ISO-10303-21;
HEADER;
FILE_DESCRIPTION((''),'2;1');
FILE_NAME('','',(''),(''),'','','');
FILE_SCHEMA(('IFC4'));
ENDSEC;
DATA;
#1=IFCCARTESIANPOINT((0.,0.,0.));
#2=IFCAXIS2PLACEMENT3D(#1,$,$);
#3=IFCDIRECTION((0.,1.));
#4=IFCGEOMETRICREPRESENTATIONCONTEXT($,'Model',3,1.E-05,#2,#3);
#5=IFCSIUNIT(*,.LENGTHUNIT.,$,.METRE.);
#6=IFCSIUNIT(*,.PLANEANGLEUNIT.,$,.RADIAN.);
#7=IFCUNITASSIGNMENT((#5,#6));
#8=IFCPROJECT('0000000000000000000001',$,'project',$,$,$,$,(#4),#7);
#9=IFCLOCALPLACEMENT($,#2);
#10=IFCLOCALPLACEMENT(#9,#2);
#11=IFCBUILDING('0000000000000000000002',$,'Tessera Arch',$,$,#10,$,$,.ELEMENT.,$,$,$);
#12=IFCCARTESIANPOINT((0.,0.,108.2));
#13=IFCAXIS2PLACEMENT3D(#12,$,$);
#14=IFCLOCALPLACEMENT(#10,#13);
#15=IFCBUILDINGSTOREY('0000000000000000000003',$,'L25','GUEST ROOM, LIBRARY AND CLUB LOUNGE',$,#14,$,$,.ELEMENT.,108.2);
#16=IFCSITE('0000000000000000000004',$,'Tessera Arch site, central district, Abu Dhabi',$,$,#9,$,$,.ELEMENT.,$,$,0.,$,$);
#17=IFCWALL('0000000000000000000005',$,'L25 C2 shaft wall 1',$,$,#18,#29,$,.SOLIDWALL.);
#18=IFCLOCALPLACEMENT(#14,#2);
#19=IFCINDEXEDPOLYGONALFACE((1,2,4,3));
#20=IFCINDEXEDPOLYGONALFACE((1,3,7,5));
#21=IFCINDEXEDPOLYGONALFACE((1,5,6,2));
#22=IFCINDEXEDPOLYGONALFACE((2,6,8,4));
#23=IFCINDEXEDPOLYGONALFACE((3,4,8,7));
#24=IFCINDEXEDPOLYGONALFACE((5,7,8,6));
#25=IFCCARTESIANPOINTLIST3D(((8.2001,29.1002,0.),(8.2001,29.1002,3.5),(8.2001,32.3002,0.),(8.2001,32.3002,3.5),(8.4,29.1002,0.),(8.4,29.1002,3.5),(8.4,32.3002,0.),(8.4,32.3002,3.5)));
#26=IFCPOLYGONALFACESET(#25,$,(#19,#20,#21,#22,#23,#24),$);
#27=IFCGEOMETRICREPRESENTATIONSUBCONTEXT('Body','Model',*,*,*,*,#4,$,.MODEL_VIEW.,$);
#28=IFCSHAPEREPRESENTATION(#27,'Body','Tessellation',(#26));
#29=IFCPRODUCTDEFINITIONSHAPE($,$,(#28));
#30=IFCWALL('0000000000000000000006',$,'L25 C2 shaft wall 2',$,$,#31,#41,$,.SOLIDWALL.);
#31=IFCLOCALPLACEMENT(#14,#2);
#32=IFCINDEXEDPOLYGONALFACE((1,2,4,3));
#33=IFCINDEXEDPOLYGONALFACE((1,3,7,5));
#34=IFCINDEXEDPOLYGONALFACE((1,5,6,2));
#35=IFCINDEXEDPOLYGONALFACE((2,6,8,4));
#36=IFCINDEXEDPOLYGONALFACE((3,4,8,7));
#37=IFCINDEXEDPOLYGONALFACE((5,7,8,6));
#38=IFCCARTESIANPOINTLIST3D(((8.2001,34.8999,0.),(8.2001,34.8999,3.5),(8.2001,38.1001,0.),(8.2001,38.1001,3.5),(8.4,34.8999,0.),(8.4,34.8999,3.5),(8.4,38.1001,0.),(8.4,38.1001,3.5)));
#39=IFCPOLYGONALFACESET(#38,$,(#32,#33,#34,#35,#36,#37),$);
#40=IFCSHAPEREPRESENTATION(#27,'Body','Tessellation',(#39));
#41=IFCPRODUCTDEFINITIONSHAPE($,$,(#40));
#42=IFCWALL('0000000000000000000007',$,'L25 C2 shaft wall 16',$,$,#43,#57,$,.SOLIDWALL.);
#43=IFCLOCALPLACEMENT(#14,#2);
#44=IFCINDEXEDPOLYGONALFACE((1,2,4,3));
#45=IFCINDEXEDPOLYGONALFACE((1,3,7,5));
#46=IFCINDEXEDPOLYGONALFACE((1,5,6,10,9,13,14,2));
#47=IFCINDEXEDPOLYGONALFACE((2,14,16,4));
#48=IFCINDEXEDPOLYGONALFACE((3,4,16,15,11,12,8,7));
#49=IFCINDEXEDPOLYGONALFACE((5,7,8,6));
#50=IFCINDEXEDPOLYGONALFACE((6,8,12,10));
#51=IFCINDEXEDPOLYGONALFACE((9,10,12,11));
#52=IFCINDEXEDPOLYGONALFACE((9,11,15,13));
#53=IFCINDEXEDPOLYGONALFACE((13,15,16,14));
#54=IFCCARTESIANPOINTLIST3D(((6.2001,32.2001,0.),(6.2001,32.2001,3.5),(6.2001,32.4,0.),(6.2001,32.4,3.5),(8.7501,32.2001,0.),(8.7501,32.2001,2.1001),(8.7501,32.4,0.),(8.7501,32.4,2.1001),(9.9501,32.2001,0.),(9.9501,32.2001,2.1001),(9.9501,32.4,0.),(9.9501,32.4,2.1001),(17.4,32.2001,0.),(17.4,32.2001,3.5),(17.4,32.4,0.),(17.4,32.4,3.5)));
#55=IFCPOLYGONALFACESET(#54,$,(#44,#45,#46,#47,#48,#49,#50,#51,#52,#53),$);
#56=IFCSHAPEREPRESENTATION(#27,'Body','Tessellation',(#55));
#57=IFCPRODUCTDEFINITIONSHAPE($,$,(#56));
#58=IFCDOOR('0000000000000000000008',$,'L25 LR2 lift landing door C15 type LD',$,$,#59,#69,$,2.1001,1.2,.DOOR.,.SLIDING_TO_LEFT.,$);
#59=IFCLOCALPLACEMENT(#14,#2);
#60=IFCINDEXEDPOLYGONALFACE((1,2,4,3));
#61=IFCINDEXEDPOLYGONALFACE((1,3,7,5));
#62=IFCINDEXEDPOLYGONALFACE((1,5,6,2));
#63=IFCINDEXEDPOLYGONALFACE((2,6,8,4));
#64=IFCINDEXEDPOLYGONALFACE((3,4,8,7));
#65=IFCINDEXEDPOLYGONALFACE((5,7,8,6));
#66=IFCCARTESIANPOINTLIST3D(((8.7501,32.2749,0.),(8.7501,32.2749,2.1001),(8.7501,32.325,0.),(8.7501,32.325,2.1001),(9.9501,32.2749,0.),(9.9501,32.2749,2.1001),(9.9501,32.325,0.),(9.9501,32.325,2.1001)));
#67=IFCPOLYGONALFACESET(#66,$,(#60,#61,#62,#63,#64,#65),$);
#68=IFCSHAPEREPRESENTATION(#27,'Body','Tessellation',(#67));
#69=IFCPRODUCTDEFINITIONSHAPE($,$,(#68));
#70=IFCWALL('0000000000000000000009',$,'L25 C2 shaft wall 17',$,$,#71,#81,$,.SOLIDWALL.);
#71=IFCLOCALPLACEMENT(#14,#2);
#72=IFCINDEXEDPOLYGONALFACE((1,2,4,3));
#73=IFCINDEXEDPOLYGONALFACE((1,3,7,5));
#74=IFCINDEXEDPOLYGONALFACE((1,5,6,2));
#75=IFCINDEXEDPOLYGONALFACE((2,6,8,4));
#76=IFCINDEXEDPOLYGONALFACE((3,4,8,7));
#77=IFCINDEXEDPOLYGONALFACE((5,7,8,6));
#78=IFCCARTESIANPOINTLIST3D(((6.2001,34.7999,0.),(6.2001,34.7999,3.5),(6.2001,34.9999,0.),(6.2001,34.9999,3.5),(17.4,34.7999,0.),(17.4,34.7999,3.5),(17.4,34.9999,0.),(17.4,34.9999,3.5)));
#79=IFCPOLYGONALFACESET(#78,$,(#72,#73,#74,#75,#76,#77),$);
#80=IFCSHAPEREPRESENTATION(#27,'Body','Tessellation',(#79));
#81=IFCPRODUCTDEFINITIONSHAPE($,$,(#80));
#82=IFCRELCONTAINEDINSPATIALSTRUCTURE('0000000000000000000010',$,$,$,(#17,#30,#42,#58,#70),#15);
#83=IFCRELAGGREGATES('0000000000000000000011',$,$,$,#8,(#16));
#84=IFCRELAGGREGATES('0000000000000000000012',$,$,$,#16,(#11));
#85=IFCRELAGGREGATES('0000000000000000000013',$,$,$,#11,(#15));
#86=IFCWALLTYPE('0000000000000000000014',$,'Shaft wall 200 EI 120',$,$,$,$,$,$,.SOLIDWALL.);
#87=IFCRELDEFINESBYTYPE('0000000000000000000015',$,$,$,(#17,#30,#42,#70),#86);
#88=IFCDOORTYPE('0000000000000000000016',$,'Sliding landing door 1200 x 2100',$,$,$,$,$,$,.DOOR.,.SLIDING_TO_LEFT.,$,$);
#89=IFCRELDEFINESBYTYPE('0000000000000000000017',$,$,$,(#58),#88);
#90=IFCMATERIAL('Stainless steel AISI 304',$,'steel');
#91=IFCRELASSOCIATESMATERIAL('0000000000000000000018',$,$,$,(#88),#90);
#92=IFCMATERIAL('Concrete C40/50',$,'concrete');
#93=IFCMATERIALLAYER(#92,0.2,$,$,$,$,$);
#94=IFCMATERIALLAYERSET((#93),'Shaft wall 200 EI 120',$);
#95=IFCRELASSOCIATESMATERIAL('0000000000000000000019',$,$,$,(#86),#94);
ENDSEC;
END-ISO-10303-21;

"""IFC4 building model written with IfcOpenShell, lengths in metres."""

from ifc_helpers import new_model, si_unit, direction, frame, frame_2d, origin, place, context, subcontext, project, spatial, rectangle, extrude, material, layer, layer_set, type_object, element, fill, save


model = new_model("IFC4")

# Units and contexts
model_context = context("Model", 3, precision=1e-05, world=origin(), true_north=direction((0.0, 1.0)))
body_context = subcontext(model_context, "Body", "Model", "MODEL_VIEW")
ifc_project = project(units=[si_unit("LENGTHUNIT", "METRE"), si_unit("PLANEANGLEUNIT", "RADIAN")], contexts=[model_context])

# Site, building, storey
site_placement = place(None, origin())
site = spatial("IfcSite", under=ifc_project, at=site_placement, Name="Tessera Arch site, central district, Abu Dhabi", CompositionType="ELEMENT", RefElevation=0.0)
building_placement = place(site_placement, origin())
building = spatial("IfcBuilding", under=site, at=building_placement, Name="Tessera Arch", CompositionType="ELEMENT")
storey_placement = place(building_placement, frame((0.0, 0.0, 108.2)))
storey = spatial("IfcBuildingStorey", under=building, at=storey_placement, Name="L25", Description="GUEST ROOM, LIBRARY AND CLUB LOUNGE", CompositionType="ELEMENT", Elevation=108.2)

# Shared definitions
ifc_material_1 = material(Name="Stainless steel AISI 304", Category="steel")
door_type_1 = type_object("IfcDoorType", Name="Sliding landing door 1200 x 2100", OperationType="SLIDING_TO_LEFT", PredefinedType="DOOR", material=ifc_material_1)

# Walls
ifc_material_2 = material(Name="Concrete C40/50", Category="concrete")
ifc_layer_1 = layer(ifc_material_2, 0.2)
ifc_layer_set_1 = layer_set([ifc_layer_1], Name="Shaft wall 200 EI 120")
wall_type_1 = type_object("IfcWallType", Name="Shaft wall 200 EI 120", PredefinedType="SOLIDWALL", material=ifc_layer_set_1)
wall_1_placement = place(storey_placement, frame((8.3, 29.1001, 0.0), z_axis=(0.0, 0.0, 1.0), x_axis=(0.0, 1.0, 0.0)))
element("IfcWall", 1, at=wall_1_placement, inside=storey, type_object=wall_type_1, Name="L25 C2 shaft wall 1", PredefinedType="SOLIDWALL", context=body_context, shape_type="SweptSolid", body=[
    extrude(rectangle(XDim=3.2, YDim=0.2, at=frame_2d((1.6001, 0.0))), origin(), (0.0, 0.0, 1.0), 3.5),
])
wall_2_placement = place(storey_placement, frame((8.3, 34.8999, 0.0), z_axis=(0.0, 0.0, 1.0), x_axis=(0.0, 1.0, 0.0)))
element("IfcWall", 2, at=wall_2_placement, inside=storey, type_object=wall_type_1, Name="L25 C2 shaft wall 2", PredefinedType="SOLIDWALL", context=body_context, shape_type="SweptSolid", body=[
    extrude(rectangle(XDim=3.2002, YDim=0.2, at=frame_2d((1.6001, 0.0))), origin(), (0.0, 0.0, 1.0), 3.5),
])

# Wall, opening, door
wall_3_placement = place(storey_placement, frame((6.2, 32.3, 0.0), z_axis=(0.0, 0.0, 1.0), x_axis=(1.0, 0.0, 0.0)))
wall_3 = element("IfcWall", 3, at=wall_3_placement, inside=storey, type_object=wall_type_1, Name="L25 C2 shaft wall 16", PredefinedType="SOLIDWALL", context=body_context, shape_type="SweptSolid", body=[
    extrude(rectangle(XDim=11.2, YDim=0.2, at=frame_2d((5.6001, 0.0))), origin(), (0.0, 0.0, 1.0), 3.5),
])
opening_1_placement = place(wall_3_placement, frame((2.55, 0.0, 0.0)))
opening_1 = element("IfcOpeningElement", 4, at=opening_1_placement, cuts=wall_3, PredefinedType="OPENING", context=body_context, shape_type="SweptSolid", body=[
    extrude(rectangle(XDim=1.2, YDim=2.1001, at=frame_2d((0.6001, 1.05))), frame((0.0, 0.1099, 0.0), z_axis=(0.0, -1.0, 0.0), x_axis=(1.0, 0.0, 0.0)), (0.0, 0.0, 1.0), 0.22),
])
door_1_placement = place(opening_1_placement, origin())
door_1 = element("IfcDoor", 5, at=door_1_placement, inside=storey, type_object=door_type_1, Name="L25 LR2 lift landing door C15 type LD", OperationType="SLIDING_TO_LEFT", OverallHeight=2.1001, OverallWidth=1.2, PredefinedType="DOOR", context=body_context, shape_type="SweptSolid", body=[
    extrude(rectangle(XDim=1.2, YDim=2.1001, at=frame_2d((0.6001, 1.05))), frame((0.0, 0.0249, 0.0), z_axis=(0.0, -1.0, 0.0), x_axis=(1.0, 0.0, 0.0)), (0.0, 0.0, 1.0), 0.05),
])
fill(opening_1, door_1)

# Wall
wall_4_placement = place(storey_placement, frame((6.2, 34.8999, 0.0), z_axis=(0.0, 0.0, 1.0), x_axis=(1.0, 0.0, 0.0)))
element("IfcWall", 6, at=wall_4_placement, inside=storey, type_object=wall_type_1, Name="L25 C2 shaft wall 17", PredefinedType="SOLIDWALL", context=body_context, shape_type="SweptSolid", body=[
    extrude(rectangle(XDim=11.2, YDim=0.2, at=frame_2d((5.6001, 0.0))), origin(), (0.0, 0.0, 1.0), 3.5),
])

save(model, "model.ifc")
